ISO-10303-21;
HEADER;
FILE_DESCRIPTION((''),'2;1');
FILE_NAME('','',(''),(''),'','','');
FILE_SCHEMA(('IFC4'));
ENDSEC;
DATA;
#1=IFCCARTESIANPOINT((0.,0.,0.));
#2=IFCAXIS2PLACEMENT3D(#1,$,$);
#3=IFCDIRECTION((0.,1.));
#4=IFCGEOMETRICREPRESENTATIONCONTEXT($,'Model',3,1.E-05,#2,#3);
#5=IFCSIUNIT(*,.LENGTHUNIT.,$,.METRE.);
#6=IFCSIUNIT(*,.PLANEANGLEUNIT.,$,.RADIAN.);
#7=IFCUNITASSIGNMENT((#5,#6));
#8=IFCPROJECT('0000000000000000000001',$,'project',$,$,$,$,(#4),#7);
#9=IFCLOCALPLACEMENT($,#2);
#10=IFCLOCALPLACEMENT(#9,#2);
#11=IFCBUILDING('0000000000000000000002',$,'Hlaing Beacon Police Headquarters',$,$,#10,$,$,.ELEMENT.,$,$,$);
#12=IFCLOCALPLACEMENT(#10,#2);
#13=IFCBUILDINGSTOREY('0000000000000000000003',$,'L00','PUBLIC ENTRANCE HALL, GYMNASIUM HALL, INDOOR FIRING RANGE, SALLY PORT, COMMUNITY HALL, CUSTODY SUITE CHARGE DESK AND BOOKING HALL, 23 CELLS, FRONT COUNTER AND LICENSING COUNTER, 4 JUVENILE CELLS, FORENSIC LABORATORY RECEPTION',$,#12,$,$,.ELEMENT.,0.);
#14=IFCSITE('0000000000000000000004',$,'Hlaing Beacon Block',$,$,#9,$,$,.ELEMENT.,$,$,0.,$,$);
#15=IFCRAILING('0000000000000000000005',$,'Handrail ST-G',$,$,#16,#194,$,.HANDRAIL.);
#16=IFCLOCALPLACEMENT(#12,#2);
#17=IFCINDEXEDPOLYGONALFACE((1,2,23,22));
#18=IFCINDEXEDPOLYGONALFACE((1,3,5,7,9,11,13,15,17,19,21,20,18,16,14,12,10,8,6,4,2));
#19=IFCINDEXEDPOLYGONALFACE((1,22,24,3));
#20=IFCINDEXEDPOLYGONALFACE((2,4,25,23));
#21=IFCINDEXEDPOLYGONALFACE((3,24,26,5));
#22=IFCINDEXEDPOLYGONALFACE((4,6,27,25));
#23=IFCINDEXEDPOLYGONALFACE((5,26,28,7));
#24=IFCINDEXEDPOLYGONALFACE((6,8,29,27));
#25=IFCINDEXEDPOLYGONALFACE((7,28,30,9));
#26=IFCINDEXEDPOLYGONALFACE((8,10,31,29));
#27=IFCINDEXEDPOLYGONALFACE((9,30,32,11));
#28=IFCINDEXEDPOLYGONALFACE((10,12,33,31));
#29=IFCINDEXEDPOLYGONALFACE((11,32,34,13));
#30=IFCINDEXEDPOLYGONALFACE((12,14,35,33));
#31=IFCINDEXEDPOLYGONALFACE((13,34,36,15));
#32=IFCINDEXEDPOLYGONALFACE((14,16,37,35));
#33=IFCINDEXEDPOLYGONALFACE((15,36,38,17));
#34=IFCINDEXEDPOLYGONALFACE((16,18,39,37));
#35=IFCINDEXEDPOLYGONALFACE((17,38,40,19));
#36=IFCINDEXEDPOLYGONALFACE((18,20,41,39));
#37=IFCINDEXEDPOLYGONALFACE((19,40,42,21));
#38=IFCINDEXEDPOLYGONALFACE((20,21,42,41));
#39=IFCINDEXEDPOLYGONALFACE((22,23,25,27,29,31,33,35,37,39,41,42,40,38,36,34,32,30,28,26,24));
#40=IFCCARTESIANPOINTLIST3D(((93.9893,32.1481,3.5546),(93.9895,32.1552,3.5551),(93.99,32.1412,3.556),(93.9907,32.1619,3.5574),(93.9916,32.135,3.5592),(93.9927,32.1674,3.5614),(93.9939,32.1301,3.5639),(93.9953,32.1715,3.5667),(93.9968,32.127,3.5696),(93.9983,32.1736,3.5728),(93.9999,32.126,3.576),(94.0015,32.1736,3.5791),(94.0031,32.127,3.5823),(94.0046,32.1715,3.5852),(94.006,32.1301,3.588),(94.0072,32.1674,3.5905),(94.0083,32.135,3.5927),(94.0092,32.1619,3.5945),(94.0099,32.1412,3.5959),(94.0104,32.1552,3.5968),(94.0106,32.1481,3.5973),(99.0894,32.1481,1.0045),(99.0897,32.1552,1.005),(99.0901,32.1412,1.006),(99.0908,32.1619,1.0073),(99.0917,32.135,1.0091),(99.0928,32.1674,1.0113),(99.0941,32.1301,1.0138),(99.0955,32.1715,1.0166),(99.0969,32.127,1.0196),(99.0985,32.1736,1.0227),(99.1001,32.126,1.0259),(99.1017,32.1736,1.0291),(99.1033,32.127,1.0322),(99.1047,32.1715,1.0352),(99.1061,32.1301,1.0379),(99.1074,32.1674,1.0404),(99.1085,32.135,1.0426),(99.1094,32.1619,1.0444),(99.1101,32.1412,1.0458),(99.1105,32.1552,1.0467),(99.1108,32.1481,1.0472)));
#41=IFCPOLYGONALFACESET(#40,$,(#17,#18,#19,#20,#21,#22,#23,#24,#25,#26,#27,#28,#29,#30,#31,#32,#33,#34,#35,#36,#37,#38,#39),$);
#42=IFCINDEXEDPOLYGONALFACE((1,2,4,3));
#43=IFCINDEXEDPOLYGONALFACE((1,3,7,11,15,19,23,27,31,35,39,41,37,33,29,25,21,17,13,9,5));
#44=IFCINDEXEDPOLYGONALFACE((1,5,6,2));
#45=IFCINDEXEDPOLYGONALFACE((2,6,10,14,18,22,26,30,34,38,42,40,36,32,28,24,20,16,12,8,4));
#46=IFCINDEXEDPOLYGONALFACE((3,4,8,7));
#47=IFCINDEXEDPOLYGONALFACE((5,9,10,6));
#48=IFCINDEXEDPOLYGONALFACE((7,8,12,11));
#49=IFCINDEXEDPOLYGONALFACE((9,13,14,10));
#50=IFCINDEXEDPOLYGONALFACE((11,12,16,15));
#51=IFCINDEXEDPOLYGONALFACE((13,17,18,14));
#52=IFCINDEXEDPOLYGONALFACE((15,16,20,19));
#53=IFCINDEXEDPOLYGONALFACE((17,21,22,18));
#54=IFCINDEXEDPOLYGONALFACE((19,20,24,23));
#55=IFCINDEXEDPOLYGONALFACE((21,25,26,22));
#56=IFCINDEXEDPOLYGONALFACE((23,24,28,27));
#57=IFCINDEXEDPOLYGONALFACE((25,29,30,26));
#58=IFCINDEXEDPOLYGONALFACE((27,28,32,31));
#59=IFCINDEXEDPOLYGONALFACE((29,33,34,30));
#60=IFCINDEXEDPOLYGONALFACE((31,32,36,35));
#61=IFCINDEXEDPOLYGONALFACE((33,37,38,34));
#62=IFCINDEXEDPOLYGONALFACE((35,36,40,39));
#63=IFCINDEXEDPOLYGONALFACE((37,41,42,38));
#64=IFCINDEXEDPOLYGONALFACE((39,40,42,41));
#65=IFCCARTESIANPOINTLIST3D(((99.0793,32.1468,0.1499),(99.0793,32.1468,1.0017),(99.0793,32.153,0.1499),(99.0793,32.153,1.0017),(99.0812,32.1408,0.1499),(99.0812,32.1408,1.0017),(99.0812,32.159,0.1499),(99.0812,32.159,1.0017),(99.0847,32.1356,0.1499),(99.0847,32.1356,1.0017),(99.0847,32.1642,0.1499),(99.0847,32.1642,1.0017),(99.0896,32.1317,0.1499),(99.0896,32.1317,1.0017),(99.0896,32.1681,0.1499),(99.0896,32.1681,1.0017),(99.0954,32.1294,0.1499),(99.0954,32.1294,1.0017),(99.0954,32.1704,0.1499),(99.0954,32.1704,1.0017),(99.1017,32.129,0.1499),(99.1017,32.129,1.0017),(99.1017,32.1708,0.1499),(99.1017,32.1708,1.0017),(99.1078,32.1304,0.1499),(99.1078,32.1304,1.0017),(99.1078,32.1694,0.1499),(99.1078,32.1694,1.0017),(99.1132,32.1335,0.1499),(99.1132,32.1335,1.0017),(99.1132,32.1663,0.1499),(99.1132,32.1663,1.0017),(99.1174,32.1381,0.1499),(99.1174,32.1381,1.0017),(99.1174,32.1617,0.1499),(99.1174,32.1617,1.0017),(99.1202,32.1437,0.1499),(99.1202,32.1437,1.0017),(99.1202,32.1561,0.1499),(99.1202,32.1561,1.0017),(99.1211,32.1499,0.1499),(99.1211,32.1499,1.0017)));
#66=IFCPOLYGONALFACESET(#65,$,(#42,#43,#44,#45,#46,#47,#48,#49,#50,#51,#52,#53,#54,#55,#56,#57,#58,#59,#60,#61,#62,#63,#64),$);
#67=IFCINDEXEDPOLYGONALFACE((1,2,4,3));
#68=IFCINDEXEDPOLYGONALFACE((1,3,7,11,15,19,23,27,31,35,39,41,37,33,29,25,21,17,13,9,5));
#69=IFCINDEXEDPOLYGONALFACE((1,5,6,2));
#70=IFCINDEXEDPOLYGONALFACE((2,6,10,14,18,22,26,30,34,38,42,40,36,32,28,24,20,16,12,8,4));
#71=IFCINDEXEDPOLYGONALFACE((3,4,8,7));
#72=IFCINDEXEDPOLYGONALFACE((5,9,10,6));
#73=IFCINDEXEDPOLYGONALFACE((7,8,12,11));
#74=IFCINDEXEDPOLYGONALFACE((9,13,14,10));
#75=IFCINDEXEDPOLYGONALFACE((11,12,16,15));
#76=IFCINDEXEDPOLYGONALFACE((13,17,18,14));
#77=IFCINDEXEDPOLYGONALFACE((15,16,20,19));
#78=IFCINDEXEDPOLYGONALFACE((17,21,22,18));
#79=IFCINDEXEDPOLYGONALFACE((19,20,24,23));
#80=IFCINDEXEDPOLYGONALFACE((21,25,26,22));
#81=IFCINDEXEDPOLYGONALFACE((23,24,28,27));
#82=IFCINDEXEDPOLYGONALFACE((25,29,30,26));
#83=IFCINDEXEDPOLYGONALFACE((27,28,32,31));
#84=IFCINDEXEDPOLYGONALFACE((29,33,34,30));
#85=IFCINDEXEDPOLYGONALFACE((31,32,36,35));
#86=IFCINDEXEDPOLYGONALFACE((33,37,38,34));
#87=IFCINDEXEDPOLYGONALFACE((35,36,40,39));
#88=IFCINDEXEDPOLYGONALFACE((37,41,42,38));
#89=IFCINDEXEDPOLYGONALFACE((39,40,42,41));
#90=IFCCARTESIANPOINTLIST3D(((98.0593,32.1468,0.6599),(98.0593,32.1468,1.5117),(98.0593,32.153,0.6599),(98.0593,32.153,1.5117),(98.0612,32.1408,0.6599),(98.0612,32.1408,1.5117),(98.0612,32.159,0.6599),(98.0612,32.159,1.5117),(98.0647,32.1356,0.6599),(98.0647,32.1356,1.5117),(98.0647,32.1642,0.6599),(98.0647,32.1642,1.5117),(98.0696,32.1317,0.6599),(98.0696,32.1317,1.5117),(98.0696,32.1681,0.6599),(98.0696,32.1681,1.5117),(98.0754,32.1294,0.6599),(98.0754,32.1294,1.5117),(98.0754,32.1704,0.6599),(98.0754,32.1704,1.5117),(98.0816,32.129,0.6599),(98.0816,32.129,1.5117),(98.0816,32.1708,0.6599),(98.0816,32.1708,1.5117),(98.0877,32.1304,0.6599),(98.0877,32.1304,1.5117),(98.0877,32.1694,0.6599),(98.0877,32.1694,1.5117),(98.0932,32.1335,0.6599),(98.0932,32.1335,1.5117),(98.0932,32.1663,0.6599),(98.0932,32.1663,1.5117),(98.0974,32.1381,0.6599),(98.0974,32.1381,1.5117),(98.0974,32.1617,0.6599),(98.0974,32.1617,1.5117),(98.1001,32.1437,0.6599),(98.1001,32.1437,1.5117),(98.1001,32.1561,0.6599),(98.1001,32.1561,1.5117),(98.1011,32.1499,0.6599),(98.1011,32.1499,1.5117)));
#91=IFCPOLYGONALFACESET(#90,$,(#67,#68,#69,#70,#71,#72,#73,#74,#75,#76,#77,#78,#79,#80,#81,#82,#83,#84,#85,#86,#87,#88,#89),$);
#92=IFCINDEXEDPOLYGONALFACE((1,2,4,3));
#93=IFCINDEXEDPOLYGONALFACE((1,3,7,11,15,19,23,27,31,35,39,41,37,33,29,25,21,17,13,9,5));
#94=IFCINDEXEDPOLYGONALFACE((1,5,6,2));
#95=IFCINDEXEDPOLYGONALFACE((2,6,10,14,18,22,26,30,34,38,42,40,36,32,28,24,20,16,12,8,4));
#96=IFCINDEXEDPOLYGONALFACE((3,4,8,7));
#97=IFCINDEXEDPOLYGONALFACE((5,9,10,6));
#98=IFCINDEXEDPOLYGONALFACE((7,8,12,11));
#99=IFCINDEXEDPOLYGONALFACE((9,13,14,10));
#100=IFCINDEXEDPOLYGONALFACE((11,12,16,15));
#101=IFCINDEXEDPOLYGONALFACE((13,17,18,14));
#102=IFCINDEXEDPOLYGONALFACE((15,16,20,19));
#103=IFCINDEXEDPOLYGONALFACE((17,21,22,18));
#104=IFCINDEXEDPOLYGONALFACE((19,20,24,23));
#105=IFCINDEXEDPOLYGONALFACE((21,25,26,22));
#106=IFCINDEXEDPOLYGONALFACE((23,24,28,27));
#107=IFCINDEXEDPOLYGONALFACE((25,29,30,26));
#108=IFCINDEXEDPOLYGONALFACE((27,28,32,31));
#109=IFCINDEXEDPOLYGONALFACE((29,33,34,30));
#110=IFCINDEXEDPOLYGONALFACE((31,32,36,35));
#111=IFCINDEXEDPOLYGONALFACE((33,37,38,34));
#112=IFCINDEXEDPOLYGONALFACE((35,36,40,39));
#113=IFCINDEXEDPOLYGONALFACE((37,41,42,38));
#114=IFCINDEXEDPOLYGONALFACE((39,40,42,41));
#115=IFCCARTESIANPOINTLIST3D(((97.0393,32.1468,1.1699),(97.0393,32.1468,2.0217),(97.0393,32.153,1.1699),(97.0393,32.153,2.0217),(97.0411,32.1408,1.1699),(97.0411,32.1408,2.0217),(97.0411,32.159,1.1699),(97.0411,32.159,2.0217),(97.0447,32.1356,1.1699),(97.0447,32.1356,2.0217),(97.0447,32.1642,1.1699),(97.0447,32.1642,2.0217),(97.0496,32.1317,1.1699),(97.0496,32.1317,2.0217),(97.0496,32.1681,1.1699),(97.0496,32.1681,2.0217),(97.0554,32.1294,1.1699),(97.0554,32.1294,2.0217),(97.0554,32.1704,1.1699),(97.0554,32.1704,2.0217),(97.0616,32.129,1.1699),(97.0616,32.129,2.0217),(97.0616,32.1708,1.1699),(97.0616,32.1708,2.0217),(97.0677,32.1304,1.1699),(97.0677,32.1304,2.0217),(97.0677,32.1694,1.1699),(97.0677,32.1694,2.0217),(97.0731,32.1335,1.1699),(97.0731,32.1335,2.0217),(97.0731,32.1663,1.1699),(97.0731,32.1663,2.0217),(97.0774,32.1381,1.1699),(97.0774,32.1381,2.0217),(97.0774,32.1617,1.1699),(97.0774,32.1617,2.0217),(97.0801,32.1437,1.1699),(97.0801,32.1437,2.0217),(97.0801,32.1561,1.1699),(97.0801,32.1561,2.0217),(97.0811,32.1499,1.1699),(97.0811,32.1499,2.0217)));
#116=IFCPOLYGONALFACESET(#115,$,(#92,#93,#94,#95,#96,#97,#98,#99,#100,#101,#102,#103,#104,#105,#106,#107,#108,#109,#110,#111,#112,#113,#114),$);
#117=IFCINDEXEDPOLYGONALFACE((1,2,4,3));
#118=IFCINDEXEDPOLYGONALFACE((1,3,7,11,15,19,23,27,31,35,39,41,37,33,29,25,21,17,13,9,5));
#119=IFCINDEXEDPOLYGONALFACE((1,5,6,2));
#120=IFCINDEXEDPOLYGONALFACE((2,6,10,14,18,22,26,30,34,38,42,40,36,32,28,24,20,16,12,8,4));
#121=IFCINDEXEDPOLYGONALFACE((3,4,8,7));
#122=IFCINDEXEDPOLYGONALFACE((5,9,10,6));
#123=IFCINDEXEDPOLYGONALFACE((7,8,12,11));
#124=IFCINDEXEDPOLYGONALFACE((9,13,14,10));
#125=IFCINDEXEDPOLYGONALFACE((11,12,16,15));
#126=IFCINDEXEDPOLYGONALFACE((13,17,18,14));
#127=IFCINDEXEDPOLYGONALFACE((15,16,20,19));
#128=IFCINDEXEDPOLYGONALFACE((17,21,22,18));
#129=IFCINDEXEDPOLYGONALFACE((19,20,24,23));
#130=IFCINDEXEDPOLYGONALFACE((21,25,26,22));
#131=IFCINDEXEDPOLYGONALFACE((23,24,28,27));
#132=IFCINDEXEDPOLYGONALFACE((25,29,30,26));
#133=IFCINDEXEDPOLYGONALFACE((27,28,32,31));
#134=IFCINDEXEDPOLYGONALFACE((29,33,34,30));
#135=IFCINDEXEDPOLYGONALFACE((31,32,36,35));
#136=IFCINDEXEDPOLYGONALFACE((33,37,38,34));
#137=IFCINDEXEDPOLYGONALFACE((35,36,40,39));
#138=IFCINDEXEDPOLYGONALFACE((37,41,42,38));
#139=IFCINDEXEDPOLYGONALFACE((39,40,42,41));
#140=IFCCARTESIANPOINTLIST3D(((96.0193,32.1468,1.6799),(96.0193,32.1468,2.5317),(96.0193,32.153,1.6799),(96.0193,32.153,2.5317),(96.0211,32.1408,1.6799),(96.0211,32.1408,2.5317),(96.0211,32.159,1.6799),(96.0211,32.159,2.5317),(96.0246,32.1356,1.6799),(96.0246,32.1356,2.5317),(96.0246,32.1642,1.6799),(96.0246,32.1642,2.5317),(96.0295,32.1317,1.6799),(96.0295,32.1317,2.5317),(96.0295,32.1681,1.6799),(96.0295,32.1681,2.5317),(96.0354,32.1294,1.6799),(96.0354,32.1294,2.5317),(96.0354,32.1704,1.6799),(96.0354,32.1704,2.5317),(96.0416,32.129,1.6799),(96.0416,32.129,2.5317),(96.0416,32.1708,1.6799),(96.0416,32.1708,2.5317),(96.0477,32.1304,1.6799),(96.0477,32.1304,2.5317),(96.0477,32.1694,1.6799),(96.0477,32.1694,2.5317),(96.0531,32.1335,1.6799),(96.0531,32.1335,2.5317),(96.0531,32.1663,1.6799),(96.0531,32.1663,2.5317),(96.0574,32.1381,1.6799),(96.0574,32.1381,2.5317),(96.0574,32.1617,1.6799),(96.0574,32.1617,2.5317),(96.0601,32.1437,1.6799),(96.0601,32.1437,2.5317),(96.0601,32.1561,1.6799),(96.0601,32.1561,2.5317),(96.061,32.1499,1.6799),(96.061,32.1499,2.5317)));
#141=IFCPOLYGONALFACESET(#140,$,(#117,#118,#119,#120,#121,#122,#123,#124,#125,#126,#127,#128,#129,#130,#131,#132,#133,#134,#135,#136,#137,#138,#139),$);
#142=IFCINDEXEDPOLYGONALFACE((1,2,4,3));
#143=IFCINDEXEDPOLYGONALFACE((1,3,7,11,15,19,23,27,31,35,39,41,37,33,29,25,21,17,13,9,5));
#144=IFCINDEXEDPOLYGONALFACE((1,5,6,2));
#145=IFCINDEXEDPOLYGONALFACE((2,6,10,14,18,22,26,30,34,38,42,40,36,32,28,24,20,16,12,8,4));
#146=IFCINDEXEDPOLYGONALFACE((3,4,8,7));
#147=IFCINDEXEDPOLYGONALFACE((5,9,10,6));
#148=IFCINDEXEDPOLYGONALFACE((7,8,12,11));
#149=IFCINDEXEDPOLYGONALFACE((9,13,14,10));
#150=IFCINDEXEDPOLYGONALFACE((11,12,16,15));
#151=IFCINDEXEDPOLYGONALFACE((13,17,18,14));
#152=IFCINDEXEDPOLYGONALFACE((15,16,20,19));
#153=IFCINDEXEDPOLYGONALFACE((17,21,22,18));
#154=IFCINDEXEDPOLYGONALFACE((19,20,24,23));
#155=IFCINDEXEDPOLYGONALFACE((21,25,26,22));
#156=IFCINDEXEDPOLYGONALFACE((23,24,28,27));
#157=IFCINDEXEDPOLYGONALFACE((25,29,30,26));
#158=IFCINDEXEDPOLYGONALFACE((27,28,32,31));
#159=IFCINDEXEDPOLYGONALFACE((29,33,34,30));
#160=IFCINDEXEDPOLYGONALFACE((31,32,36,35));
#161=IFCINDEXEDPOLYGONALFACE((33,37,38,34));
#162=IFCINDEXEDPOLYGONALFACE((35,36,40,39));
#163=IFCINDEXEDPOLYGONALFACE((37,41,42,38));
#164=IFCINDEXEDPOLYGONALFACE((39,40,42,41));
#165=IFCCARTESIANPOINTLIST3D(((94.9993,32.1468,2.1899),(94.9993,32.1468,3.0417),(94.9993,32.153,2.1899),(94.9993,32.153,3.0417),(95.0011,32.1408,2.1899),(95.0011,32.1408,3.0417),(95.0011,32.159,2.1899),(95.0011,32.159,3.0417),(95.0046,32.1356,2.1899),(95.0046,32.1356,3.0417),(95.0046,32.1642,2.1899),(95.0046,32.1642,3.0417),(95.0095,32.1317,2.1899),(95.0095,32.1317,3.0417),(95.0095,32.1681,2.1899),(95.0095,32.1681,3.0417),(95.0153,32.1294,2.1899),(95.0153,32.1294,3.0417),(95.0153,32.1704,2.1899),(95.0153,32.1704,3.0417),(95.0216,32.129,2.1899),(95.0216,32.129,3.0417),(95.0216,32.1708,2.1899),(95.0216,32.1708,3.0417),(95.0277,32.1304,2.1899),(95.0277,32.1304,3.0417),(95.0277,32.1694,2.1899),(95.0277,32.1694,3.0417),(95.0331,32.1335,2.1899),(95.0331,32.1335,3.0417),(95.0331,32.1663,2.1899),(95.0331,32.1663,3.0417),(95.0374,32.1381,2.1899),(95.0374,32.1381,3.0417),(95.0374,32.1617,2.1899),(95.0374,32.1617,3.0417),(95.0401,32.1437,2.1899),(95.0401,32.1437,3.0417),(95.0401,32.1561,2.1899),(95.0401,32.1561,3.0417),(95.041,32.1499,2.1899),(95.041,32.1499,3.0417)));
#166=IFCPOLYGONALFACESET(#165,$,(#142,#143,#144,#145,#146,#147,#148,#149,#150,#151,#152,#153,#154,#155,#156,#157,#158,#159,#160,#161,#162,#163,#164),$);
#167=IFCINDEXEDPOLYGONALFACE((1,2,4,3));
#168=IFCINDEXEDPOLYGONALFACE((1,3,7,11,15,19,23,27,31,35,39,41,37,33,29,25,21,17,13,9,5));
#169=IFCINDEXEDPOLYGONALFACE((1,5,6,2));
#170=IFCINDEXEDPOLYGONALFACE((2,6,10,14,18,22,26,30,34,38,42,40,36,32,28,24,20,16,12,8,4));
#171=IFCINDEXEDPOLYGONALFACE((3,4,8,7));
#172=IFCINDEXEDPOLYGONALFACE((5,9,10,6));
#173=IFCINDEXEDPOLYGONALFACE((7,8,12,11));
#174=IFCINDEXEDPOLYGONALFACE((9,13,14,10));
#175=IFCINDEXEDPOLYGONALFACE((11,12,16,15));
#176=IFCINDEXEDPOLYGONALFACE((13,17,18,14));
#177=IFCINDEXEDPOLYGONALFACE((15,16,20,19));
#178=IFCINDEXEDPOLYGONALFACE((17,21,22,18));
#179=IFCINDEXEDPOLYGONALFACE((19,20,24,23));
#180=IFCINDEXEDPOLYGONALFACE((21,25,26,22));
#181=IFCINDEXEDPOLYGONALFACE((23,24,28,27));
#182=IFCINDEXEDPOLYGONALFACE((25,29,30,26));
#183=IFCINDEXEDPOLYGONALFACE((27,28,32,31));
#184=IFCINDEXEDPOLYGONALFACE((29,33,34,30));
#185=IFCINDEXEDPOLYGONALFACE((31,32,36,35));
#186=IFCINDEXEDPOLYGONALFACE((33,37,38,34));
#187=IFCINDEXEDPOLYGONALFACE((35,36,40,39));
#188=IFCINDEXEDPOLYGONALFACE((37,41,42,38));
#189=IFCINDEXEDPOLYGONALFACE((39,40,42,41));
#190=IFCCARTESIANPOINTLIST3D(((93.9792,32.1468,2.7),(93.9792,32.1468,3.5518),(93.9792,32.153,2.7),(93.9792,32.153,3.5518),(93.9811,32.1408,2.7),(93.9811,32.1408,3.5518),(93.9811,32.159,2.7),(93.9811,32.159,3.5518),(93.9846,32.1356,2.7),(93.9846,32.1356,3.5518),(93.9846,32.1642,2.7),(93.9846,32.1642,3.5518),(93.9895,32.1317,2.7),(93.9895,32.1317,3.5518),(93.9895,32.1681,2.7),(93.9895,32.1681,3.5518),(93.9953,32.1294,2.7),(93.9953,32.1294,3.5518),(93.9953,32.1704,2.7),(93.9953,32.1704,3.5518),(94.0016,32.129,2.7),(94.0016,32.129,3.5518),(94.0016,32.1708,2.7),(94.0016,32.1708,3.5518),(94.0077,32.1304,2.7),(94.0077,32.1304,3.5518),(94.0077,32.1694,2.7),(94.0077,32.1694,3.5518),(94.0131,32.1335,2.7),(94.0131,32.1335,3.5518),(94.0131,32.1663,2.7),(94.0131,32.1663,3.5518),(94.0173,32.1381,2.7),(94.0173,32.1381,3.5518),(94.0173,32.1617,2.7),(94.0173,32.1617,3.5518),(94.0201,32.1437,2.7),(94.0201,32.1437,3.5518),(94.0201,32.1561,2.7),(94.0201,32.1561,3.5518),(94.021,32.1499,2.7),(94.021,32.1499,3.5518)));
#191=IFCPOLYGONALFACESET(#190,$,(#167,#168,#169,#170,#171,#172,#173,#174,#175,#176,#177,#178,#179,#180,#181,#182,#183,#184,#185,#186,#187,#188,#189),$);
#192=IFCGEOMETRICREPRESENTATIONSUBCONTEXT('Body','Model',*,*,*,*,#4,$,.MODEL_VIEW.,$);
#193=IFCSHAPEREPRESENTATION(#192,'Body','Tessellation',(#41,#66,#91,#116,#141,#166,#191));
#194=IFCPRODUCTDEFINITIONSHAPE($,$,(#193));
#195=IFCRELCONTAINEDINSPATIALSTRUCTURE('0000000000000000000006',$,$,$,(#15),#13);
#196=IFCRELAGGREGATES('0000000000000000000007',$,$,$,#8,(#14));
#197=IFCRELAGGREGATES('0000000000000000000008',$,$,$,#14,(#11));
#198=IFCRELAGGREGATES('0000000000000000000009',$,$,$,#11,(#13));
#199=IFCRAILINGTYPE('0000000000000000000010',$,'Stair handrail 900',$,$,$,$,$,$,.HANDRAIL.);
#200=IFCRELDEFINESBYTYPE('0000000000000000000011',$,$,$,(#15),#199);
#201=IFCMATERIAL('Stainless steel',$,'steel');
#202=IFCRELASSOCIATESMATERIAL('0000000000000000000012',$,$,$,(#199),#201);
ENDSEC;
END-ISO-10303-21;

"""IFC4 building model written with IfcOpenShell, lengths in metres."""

from ifc_helpers import new_model, si_unit, direction, frame, origin, origin_2d, place, context, subcontext, project, spatial, circle, extrude, material, type_object, element, save


model = new_model("IFC4")

# Units and contexts
model_context = context("Model", 3, precision=1e-05, world=origin(), true_north=direction((0.0, 1.0)))
body_context = subcontext(model_context, "Body", "Model", "MODEL_VIEW")
ifc_project = project(units=[si_unit("LENGTHUNIT", "METRE"), si_unit("PLANEANGLEUNIT", "RADIAN")], contexts=[model_context])

# Site, building, storey
site_placement = place(None, origin())
site = spatial("IfcSite", under=ifc_project, at=site_placement, Name="Hlaing Beacon Block", CompositionType="ELEMENT", RefElevation=0.0)
building_placement = place(site_placement, origin())
building = spatial("IfcBuilding", under=site, at=building_placement, Name="Hlaing Beacon Police Headquarters", CompositionType="ELEMENT")
storey_placement = place(building_placement, origin())
storey = spatial("IfcBuildingStorey", under=building, at=storey_placement, Name="L00", Description="PUBLIC ENTRANCE HALL, GYMNASIUM HALL, INDOOR FIRING RANGE, SALLY PORT, COMMUNITY HALL, CUSTODY SUITE CHARGE DESK AND BOOKING HALL, 23 CELLS, FRONT COUNTER AND LICENSING COUNTER, 4 JUVENILE CELLS, FORENSIC LABORATORY RECEPTION", CompositionType="ELEMENT", Elevation=0.0)

# Railing
ifc_material_1 = material(Name="Stainless steel", Category="steel")
railing_type_1 = type_object("IfcRailingType", Name="Stair handrail 900", PredefinedType="HANDRAIL", material=ifc_material_1)
for number, where, name in (
    (1, (99.1001, 32.1499, 0.1499), "Handrail ST-G"),
):
    element("IfcRailing", number, at=place(storey_placement, frame(where)), inside=storey, type_object=railing_type_1, Name=name, PredefinedType="HANDRAIL", context=body_context, shape_type="SweptSolid", body=[
        extrude(circle(Radius=0.0239, at=origin_2d()), frame((0.0, 0.0, 0.876), z_axis=(-0.894427, 0.0, 0.447214), x_axis=(0.0, -1.0, 0.0)), (0.0, 0.0, 1.0), 5.7021),
        extrude(circle(Radius=0.021, at=origin_2d()), origin(), (0.0, 0.0, 1.0), 0.8518),
        extrude(circle(Radius=0.021, at=origin_2d()), frame((-1.02, 0.0, 0.51)), (0.0, 0.0, 1.0), 0.8518),
        extrude(circle(Radius=0.021, at=origin_2d()), frame((-2.04, 0.0, 1.02)), (0.0, 0.0, 1.0), 0.8518),
        extrude(circle(Radius=0.021, at=origin_2d()), frame((-3.0601, 0.0, 1.53)), (0.0, 0.0, 1.0), 0.8518),
        extrude(circle(Radius=0.021, at=origin_2d()), frame((-4.0801, 0.0, 2.04)), (0.0, 0.0, 1.0), 0.8518),
        extrude(circle(Radius=0.021, at=origin_2d()), frame((-5.1001, 0.0, 2.55)), (0.0, 0.0, 1.0), 0.8518),
    ])

save(model, "model.ifc")
